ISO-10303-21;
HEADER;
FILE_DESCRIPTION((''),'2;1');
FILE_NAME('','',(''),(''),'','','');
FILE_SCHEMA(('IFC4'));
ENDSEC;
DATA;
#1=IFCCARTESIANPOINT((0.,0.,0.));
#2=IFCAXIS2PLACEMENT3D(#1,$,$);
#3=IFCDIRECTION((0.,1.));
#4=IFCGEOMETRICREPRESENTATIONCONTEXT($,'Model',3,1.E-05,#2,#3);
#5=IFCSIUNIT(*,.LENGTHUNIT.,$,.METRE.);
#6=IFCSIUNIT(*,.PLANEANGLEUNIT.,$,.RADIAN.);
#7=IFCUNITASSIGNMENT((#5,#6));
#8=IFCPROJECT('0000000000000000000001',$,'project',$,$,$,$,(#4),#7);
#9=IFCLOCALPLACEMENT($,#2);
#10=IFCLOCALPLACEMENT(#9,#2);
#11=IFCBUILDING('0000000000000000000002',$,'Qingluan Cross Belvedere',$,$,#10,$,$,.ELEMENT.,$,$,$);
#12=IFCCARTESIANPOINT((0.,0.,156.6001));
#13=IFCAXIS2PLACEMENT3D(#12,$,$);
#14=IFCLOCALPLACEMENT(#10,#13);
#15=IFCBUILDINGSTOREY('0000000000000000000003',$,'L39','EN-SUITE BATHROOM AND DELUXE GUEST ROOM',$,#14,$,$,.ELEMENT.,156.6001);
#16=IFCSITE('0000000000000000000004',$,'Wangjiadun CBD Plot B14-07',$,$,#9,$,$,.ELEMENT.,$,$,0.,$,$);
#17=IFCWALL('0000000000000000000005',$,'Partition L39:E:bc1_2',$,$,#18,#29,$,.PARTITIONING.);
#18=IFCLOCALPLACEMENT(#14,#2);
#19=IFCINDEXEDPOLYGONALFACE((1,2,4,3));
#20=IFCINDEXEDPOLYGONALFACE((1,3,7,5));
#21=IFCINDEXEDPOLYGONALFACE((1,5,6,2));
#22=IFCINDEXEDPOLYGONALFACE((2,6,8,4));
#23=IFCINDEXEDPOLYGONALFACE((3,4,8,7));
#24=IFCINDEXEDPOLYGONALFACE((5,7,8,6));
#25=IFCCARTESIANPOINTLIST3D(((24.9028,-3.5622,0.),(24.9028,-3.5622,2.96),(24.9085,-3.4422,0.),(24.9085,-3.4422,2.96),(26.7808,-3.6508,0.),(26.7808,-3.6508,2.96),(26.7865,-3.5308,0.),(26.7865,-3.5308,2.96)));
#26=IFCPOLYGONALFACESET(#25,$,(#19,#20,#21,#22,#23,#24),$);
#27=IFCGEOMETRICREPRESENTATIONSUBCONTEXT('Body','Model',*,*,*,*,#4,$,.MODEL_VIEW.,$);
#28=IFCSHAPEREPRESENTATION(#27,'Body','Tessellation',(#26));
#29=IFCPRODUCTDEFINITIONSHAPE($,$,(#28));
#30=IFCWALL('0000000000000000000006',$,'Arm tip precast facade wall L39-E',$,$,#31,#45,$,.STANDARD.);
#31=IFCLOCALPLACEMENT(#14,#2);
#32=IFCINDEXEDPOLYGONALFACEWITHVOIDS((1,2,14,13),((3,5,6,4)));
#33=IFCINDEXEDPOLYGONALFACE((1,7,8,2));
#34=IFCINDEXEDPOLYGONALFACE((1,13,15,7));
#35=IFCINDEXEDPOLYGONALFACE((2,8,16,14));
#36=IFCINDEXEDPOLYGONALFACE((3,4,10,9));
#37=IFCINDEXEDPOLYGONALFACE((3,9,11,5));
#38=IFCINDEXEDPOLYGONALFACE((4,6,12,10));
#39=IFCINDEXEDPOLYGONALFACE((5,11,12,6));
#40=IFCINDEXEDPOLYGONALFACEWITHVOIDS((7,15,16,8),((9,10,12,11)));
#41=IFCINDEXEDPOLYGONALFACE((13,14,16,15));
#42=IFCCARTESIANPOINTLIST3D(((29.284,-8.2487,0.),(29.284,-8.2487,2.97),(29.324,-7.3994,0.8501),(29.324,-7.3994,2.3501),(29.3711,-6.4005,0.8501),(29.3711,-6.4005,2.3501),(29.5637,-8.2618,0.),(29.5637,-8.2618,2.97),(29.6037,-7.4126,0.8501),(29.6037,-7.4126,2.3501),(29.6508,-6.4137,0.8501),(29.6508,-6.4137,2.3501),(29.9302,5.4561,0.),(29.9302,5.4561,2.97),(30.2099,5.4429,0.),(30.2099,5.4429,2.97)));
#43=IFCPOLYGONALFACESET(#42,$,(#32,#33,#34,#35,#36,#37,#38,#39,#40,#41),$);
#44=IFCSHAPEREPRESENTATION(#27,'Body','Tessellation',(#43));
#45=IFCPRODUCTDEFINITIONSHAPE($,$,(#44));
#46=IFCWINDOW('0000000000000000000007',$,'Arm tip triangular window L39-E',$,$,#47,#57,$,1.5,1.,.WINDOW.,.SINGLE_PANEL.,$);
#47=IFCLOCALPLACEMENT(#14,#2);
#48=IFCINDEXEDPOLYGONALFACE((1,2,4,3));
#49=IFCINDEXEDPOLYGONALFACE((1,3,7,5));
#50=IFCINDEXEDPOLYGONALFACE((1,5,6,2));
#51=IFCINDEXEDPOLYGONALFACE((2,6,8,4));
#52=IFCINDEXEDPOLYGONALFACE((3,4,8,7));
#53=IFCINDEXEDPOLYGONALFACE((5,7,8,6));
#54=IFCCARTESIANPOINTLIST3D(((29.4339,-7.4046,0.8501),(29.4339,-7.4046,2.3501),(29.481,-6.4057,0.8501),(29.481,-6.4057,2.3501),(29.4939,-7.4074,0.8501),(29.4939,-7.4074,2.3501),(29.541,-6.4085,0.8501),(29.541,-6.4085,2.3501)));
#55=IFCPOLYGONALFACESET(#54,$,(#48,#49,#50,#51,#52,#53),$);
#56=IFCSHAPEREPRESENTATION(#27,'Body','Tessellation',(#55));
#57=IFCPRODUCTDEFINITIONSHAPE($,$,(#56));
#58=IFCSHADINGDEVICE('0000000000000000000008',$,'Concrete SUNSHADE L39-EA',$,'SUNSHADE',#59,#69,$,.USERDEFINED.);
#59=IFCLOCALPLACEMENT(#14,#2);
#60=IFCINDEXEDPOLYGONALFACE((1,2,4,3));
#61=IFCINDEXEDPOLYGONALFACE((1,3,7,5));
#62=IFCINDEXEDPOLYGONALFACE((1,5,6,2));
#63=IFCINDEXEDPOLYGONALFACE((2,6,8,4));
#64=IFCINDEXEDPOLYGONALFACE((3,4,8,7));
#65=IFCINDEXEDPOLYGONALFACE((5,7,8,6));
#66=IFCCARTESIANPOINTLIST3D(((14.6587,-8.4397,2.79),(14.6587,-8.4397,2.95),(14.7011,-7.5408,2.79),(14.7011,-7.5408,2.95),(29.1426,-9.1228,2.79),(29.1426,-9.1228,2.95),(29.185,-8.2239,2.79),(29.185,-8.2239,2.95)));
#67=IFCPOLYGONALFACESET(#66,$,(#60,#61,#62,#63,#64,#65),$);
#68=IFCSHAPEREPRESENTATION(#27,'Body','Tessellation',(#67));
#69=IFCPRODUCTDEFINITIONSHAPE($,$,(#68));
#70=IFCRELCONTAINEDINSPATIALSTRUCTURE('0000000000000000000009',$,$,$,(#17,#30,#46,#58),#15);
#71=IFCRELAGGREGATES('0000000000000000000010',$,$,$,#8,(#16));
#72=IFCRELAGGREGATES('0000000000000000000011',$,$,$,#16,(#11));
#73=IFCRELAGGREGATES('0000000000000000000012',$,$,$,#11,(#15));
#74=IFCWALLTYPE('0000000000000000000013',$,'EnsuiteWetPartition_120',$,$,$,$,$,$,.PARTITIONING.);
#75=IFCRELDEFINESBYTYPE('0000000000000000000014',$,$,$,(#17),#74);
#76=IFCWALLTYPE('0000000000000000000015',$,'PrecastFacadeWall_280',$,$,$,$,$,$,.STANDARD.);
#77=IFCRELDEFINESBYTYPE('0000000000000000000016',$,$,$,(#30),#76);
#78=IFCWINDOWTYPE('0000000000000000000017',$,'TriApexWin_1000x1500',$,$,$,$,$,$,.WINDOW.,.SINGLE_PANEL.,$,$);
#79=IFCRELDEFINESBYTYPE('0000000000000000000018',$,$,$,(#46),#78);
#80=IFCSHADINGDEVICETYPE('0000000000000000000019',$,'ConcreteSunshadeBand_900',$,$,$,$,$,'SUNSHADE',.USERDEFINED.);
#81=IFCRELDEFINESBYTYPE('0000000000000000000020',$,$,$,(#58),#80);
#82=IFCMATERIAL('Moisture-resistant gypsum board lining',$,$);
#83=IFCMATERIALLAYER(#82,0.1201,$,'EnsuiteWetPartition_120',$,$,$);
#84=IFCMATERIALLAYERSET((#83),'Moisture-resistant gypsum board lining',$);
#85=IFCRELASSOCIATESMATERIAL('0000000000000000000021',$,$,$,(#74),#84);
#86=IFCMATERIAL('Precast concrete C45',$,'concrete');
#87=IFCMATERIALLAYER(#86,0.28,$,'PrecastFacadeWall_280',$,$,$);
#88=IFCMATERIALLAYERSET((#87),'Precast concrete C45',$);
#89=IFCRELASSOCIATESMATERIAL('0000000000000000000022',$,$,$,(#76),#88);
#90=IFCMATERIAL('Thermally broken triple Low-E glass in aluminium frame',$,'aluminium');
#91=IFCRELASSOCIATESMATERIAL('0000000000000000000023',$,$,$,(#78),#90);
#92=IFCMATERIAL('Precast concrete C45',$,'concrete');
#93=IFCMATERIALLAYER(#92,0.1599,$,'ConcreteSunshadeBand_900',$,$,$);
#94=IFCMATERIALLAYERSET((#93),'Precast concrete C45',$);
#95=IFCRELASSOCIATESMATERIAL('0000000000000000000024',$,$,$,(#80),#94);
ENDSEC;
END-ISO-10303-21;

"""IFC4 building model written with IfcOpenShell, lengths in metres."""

from ifc_helpers import new_model, si_unit, direction, frame, frame_2d, origin, origin_2d, place, context, subcontext, project, spatial, rectangle, extrude, material, layer, layer_set, type_object, element, fill, save


model = new_model("IFC4")

# Units and contexts
model_context = context("Model", 3, precision=1e-05, world=origin(), true_north=direction((0.0, 1.0)))
body_context = subcontext(model_context, "Body", "Model", "MODEL_VIEW")
ifc_project = project(units=[si_unit("LENGTHUNIT", "METRE"), si_unit("PLANEANGLEUNIT", "RADIAN")], contexts=[model_context])

# Site, building, storey
site_placement = place(None, origin())
site = spatial("IfcSite", under=ifc_project, at=site_placement, Name="Wangjiadun CBD Plot B14-07", CompositionType="ELEMENT", RefElevation=0.0)
building_placement = place(site_placement, origin())
building = spatial("IfcBuilding", under=site, at=building_placement, Name="Qingluan Cross Belvedere", CompositionType="ELEMENT")
storey_placement = place(building_placement, frame((0.0, 0.0, 156.6001)))
storey = spatial("IfcBuildingStorey", under=building, at=storey_placement, Name="L39", Description="EN-SUITE BATHROOM AND DELUXE GUEST ROOM", CompositionType="ELEMENT", Elevation=156.6001)

# Shared definitions
ifc_material_1 = material(Name="Moisture-resistant gypsum board lining")
ifc_layer_1 = layer(ifc_material_1, 0.1201, Name="EnsuiteWetPartition_120")
ifc_layer_set_1 = layer_set([ifc_layer_1], Name="Moisture-resistant gypsum board lining")
wall_type_1 = type_object("IfcWallType", Name="EnsuiteWetPartition_120", PredefinedType="PARTITIONING", material=ifc_layer_set_1)

# Wall
wall_1_placement = place(storey_placement, frame((24.9058, -3.5022, 0.0), z_axis=(0.0, 0.0, 1.0), x_axis=(0.998888, -0.047139, 0.0)))
element("IfcWall", 1, at=wall_1_placement, inside=storey, type_object=wall_type_1, Name="Partition L39:E:bc1_2", PredefinedType="PARTITIONING", context=body_context, shape_type="SweptSolid", body=[
    extrude(rectangle(XDim=1.8801, YDim=0.1201, at=frame_2d((0.9399, 0.0))), origin(), (0.0, 0.0, 1.0), 2.96),
])

# Wall, opening, window
ifc_material_2 = material(Name="Precast concrete C45", Category="concrete")
ifc_layer_2 = layer(ifc_material_2, 0.28, Name="PrecastFacadeWall_280")
ifc_layer_set_2 = layer_set([ifc_layer_2], Name="Precast concrete C45")
wall_type_2 = type_object("IfcWallType", Name="PrecastFacadeWall_280", PredefinedType="STANDARD", material=ifc_layer_set_2)
wall_2_placement = place(storey_placement, frame((29.4238, -8.2551, 0.0), z_axis=(0.0, 0.0, 1.0), x_axis=(0.047102, 0.99889, 0.0)))
wall_2 = element("IfcWall", 2, at=wall_2_placement, inside=storey, type_object=wall_type_2, Name="Arm tip precast facade wall L39-E", PredefinedType="STANDARD", context=body_context, shape_type="SweptSolid", body=[
    extrude(rectangle(XDim=13.72, YDim=0.28, at=frame_2d((6.8599, 0.0))), origin(), (0.0, 0.0, 1.0), 2.97),
])
opening_1_placement = place(wall_2_placement, frame((0.8501, 0.0, 0.8501)))
opening_1 = element("IfcOpeningElement", 3, at=opening_1_placement, cuts=wall_2, PredefinedType="OPENING", context=body_context, shape_type="SweptSolid", body=[
    extrude(rectangle(XDim=1.0, YDim=1.5, at=frame_2d((0.5, 0.75))), frame((0.0, 0.1499, 0.0), z_axis=(0.0, -1.0, 0.0), x_axis=(1.0, 0.0, 0.0)), (0.0, 0.0, 1.0), 0.3),
])
ifc_material_3 = material(Name="Thermally broken triple Low-E glass in aluminium frame", Category="aluminium")
window_type = type_object("IfcWindowType", Name="TriApexWin_1000x1500", PartitioningType="SINGLE_PANEL", PredefinedType="WINDOW", material=ifc_material_3)
window_placement = place(opening_1_placement, origin())
window = element("IfcWindow", 4, at=window_placement, inside=storey, type_object=window_type, Name="Arm tip triangular window L39-E", OverallHeight=1.5, OverallWidth=1.0, PartitioningType="SINGLE_PANEL", PredefinedType="WINDOW", context=body_context, shape_type="SweptSolid", body=[
    extrude(rectangle(XDim=1.0, YDim=1.5, at=frame_2d((0.5, 0.75))), frame((0.0, 0.03, 0.0), z_axis=(0.0, -1.0, 0.0), x_axis=(1.0, 0.0, 0.0)), (0.0, 0.0, 1.0), 0.0601),
])
fill(opening_1, window)

# Shading device
ifc_material_4 = material(Name="Precast concrete C45", Category="concrete")
ifc_layer_3 = layer(ifc_material_4, 0.1599, Name="ConcreteSunshadeBand_900")
ifc_layer_set_3 = layer_set([ifc_layer_3], Name="Precast concrete C45")
shading_device_type = type_object("IfcShadingDeviceType", Name="ConcreteSunshadeBand_900", ElementType="SUNSHADE", PredefinedType="USERDEFINED", material=ifc_layer_set_3)
shading_device_placement = place(storey_placement, frame((21.9219, -8.3318, 2.79), z_axis=(0.0, 0.0, 1.0), x_axis=(0.99889, -0.047109, 0.0)))
element("IfcShadingDevice", 5, at=shading_device_placement, inside=storey, type_object=shading_device_type, Name="Concrete SUNSHADE L39-EA", ObjectType="SUNSHADE", PredefinedType="USERDEFINED", context=body_context, shape_type="SweptSolid", body=[
    extrude(rectangle(XDim=14.5, YDim=0.8999, at=origin_2d()), origin(), (0.0, 0.0, 1.0), 0.1599),
])

save(model, "model.ifc")
